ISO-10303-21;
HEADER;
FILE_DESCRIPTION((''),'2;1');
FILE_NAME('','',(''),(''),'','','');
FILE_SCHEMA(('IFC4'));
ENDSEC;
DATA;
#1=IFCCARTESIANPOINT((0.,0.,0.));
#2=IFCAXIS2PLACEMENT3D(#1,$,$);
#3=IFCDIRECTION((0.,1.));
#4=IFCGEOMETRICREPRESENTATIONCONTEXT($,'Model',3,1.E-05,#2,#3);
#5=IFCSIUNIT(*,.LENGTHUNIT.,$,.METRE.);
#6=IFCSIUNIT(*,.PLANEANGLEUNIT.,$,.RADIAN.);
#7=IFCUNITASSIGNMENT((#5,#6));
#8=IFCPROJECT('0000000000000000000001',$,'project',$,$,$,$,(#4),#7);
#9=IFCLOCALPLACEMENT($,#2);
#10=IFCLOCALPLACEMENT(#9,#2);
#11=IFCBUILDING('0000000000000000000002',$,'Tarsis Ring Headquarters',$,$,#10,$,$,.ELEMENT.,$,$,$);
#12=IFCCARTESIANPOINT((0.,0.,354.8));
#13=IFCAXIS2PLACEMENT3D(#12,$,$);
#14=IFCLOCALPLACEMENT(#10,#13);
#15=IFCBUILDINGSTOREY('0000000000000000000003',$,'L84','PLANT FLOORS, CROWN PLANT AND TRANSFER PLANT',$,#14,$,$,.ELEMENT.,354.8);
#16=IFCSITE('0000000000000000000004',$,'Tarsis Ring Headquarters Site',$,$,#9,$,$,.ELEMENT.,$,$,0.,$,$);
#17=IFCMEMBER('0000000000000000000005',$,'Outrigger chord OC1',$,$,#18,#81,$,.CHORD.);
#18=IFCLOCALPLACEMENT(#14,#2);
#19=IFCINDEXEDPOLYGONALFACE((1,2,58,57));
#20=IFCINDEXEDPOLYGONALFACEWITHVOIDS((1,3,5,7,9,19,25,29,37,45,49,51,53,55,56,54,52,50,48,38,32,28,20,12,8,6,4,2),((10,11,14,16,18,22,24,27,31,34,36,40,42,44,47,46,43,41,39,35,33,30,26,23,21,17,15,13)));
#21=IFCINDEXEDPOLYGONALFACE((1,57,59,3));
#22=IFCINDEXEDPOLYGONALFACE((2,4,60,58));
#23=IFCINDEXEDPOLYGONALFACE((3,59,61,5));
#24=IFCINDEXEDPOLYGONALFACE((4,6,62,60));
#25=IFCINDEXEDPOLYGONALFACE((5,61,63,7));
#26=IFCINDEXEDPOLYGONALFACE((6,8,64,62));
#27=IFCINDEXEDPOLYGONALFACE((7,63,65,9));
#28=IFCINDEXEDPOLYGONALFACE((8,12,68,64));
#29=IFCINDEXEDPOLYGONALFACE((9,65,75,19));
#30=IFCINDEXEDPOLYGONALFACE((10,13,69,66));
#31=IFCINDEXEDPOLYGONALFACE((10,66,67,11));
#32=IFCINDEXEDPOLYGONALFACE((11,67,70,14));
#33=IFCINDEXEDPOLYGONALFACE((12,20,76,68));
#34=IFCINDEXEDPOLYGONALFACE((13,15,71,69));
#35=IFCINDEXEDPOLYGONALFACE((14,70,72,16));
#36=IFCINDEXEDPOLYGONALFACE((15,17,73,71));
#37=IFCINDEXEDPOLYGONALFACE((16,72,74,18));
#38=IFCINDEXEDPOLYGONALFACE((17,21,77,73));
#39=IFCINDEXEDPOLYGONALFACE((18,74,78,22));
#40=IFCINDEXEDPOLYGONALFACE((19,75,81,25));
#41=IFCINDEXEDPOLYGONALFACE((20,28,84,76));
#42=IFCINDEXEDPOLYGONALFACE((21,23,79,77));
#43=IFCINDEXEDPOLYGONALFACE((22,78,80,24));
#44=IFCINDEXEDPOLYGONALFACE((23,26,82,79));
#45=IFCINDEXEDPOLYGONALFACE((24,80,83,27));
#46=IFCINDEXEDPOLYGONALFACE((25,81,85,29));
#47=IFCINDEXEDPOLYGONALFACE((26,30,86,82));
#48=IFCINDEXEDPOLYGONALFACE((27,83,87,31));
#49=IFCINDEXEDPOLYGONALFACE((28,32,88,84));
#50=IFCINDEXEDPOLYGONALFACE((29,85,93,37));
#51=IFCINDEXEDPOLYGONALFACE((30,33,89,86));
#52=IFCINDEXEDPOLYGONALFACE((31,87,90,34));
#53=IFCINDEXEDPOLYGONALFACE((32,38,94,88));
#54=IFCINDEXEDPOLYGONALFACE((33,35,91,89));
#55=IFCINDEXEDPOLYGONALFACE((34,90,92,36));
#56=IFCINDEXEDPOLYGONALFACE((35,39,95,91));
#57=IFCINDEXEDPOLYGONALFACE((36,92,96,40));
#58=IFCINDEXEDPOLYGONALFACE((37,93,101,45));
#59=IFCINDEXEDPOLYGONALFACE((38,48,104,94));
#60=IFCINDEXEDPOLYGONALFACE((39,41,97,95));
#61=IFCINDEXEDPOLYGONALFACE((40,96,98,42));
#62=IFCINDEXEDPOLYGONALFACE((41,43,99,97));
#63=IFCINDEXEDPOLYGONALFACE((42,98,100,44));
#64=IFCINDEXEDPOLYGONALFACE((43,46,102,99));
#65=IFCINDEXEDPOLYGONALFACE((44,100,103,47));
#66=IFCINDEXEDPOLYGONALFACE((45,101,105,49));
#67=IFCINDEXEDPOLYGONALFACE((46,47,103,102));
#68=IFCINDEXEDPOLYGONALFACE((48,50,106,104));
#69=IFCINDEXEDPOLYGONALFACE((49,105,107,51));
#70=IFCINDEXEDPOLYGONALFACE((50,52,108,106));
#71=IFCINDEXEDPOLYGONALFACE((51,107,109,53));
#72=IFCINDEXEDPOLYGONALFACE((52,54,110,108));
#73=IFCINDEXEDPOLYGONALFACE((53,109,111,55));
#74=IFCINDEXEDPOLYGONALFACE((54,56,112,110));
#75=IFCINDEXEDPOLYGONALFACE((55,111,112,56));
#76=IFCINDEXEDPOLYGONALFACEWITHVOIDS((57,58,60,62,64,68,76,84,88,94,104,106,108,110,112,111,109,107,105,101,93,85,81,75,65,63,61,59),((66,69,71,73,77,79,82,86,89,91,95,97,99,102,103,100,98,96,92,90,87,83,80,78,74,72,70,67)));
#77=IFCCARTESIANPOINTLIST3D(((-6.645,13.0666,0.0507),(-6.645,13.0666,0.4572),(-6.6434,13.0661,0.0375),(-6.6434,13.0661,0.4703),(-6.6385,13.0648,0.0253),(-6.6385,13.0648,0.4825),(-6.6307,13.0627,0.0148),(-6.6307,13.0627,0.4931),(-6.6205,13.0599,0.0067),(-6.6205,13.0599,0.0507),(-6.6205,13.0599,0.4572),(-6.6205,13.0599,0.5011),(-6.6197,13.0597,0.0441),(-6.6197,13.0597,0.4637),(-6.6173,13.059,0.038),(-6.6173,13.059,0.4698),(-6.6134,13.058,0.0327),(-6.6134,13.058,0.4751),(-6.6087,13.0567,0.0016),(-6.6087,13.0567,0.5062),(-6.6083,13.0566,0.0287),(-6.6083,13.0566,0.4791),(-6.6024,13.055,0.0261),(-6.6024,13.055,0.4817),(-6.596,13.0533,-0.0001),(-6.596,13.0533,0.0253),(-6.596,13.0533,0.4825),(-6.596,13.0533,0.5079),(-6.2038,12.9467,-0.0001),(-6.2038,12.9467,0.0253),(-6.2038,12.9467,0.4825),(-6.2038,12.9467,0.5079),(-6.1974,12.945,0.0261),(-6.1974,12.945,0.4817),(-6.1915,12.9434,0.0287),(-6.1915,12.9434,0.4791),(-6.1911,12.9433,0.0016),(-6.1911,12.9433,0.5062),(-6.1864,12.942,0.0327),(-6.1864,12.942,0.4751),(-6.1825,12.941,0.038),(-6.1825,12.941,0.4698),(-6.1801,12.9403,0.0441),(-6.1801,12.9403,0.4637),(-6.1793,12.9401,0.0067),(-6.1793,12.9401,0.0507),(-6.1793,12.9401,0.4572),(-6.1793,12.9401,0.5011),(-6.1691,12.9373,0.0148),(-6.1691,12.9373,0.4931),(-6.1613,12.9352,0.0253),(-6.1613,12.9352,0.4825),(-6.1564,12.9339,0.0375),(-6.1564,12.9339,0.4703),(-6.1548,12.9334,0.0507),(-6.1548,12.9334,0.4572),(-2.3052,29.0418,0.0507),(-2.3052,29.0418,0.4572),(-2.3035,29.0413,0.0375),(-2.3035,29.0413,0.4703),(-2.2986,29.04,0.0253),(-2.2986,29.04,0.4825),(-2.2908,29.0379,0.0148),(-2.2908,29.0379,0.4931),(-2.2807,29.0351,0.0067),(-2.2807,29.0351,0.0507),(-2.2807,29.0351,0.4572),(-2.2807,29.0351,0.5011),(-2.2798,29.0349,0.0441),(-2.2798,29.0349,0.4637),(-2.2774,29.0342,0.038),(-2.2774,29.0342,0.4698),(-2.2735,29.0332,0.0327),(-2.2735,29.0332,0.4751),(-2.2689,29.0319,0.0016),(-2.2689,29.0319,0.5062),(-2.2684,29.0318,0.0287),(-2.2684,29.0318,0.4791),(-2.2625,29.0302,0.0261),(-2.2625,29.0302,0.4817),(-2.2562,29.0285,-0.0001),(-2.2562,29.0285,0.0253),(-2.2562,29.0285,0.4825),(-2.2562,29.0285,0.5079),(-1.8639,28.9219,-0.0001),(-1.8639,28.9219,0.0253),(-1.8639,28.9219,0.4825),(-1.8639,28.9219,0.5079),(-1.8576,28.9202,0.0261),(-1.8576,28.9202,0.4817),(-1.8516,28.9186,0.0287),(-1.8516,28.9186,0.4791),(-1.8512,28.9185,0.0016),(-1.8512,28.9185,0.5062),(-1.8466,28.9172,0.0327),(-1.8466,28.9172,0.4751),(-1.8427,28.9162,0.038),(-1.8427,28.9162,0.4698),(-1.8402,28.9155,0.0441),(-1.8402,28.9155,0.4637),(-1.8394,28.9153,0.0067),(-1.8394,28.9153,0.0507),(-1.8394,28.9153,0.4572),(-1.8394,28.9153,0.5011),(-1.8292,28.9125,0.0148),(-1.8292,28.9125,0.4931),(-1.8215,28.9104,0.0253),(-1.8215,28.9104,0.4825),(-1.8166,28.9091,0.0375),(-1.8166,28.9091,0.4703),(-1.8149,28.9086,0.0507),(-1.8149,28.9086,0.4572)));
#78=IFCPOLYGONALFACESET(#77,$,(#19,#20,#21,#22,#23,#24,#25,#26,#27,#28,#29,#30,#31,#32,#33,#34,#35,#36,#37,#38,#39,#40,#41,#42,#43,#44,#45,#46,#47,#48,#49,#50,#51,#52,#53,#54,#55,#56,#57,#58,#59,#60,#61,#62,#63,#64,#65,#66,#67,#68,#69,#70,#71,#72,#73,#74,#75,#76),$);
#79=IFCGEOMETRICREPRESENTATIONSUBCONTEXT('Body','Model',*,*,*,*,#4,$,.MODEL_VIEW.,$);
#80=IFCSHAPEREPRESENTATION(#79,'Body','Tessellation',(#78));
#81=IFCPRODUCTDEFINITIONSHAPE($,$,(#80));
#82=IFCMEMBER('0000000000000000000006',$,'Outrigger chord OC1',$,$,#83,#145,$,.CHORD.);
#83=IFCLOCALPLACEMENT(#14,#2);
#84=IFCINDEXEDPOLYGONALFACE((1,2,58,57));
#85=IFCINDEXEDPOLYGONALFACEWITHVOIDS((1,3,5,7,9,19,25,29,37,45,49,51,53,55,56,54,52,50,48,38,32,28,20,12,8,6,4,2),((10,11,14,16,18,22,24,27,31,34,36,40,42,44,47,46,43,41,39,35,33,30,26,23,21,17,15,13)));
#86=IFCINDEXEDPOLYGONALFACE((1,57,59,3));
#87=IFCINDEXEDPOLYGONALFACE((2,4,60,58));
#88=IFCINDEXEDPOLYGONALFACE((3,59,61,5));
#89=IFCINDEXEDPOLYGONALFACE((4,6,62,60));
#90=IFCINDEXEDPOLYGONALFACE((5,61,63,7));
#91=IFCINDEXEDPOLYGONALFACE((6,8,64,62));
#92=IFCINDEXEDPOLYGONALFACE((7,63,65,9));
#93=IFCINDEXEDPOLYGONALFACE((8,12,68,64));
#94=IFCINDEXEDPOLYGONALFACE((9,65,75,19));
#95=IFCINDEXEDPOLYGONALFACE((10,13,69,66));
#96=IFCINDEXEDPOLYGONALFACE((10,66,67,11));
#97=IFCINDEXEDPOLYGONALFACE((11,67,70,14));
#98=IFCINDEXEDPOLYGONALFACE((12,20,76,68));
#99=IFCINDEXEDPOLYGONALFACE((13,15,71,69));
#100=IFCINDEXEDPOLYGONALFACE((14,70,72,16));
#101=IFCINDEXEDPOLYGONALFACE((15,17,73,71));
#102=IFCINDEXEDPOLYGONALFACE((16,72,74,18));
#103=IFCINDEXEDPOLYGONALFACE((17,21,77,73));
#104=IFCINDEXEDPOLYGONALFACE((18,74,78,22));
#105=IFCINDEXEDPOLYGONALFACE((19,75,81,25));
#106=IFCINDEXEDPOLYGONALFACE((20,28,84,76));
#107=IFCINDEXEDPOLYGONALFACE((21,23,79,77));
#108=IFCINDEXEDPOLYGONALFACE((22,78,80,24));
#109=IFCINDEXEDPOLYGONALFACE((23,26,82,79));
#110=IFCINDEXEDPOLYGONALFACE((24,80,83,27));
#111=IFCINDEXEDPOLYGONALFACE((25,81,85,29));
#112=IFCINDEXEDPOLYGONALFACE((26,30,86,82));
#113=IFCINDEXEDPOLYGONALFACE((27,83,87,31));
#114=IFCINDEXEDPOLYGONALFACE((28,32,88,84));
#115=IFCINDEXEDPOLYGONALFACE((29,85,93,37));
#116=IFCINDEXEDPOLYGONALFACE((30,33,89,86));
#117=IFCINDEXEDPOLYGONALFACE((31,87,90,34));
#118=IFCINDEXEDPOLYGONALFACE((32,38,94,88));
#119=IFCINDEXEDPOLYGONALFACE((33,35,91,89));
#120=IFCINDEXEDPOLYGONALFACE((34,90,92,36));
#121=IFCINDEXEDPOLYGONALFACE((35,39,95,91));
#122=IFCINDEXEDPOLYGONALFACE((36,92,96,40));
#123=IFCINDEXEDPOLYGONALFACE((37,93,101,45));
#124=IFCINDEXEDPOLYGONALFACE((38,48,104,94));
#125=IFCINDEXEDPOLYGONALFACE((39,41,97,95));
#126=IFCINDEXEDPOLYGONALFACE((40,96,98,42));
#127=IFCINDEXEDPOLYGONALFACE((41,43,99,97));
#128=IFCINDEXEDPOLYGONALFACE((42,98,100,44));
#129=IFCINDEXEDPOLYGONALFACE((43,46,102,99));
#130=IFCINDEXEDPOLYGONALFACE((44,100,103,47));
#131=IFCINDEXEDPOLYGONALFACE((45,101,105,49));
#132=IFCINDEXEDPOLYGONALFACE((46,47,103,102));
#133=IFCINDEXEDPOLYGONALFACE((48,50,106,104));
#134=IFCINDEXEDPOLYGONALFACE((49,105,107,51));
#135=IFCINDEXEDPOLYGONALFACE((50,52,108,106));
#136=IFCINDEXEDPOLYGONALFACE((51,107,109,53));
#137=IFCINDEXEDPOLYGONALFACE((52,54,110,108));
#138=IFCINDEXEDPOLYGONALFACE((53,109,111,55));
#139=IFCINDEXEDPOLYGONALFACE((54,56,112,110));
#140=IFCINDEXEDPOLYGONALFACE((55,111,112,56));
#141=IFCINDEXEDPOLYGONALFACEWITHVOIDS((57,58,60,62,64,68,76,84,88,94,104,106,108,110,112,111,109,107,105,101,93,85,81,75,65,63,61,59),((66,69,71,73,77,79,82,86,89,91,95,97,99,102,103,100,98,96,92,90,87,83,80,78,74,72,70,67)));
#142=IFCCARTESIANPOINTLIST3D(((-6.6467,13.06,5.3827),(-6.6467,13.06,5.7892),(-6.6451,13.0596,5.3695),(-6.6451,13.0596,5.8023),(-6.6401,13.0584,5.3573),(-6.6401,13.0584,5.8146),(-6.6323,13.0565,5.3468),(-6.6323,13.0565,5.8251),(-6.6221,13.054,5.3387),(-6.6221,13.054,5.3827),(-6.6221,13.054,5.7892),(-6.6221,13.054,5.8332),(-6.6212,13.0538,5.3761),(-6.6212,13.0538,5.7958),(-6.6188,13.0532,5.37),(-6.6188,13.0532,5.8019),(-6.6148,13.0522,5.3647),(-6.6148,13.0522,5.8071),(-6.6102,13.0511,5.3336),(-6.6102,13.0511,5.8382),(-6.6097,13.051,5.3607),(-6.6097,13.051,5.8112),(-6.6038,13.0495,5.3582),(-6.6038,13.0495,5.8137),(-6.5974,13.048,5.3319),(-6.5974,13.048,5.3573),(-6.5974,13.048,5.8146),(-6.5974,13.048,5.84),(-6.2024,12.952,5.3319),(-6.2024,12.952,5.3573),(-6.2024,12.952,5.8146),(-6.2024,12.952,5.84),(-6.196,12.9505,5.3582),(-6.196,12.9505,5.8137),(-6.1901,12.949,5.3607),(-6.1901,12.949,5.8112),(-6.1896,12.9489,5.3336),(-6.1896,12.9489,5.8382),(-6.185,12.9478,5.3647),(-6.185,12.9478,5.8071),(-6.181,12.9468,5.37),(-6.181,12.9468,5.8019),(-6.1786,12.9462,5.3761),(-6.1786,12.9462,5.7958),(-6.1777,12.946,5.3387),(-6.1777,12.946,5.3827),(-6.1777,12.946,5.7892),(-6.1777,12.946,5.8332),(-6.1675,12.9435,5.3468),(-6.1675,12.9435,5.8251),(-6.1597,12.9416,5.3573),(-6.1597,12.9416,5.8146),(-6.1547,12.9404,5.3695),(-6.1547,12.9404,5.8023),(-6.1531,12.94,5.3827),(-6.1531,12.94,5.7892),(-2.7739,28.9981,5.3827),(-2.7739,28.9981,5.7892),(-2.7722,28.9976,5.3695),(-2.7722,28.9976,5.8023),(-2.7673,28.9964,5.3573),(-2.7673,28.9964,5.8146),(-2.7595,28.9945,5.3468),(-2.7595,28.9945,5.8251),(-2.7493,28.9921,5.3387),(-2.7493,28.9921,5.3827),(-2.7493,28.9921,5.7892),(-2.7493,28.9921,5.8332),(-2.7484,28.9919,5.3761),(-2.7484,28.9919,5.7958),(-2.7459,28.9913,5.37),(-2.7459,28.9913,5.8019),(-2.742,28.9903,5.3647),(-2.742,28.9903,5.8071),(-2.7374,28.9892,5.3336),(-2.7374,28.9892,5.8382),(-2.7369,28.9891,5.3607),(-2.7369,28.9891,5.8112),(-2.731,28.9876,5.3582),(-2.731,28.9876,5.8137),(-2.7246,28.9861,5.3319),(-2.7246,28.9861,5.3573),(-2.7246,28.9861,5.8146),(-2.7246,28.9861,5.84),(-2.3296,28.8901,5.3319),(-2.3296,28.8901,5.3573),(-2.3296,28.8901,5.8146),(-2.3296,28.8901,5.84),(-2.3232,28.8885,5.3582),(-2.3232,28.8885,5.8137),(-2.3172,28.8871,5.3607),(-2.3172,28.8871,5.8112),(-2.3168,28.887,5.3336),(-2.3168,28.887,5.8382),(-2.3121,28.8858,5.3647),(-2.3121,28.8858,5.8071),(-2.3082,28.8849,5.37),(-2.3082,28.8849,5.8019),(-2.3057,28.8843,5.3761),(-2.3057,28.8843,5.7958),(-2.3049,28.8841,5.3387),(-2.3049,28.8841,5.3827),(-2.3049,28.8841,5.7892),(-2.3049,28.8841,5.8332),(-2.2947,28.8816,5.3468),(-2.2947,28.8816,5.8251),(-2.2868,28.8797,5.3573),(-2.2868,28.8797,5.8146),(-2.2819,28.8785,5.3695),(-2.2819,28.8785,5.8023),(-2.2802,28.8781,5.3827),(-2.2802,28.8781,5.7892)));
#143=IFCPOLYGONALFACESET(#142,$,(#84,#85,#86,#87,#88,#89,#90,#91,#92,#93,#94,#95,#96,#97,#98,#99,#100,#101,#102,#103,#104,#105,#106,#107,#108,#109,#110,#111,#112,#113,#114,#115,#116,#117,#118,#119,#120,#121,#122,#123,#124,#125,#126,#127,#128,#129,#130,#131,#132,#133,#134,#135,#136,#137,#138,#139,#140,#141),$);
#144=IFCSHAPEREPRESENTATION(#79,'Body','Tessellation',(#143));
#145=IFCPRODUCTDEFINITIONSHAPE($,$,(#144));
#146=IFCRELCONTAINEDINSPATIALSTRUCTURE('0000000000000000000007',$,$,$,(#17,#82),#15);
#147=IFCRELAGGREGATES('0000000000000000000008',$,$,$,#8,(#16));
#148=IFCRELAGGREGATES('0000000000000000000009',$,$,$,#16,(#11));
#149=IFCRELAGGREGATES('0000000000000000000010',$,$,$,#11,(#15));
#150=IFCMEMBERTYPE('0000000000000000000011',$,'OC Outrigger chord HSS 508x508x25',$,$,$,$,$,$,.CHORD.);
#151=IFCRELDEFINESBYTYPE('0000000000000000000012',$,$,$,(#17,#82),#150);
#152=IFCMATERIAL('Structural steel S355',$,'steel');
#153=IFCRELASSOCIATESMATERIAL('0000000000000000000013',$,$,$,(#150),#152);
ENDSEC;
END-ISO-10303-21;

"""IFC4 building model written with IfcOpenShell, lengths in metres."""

from ifc_helpers import new_model, si_unit, direction, frame, origin, origin_2d, place, context, subcontext, project, spatial, hollow_rectangle, extrude, material, material_profile, profile_set, type_object, element, save


model = new_model("IFC4")

# Units and contexts
model_context = context("Model", 3, precision=1e-05, world=origin(), true_north=direction((0.0, 1.0)))
body_context = subcontext(model_context, "Body", "Model", "MODEL_VIEW")
ifc_project = project(units=[si_unit("LENGTHUNIT", "METRE"), si_unit("PLANEANGLEUNIT", "RADIAN")], contexts=[model_context])

# Site, building, storey
site_placement = place(None, origin())
site = spatial("IfcSite", under=ifc_project, at=site_placement, Name="Tarsis Ring Headquarters Site", CompositionType="ELEMENT", RefElevation=0.0)
building_placement = place(site_placement, origin())
building = spatial("IfcBuilding", under=site, at=building_placement, Name="Tarsis Ring Headquarters", CompositionType="ELEMENT")
storey_placement = place(building_placement, frame((0.0, 0.0, 354.8)))
storey = spatial("IfcBuildingStorey", under=building, at=storey_placement, Name="L84", Description="PLANT FLOORS, CROWN PLANT AND TRANSFER PLANT", CompositionType="ELEMENT", Elevation=354.8)

# Members
ifc_material_1 = material(Name="Structural steel S355", Category="steel")
ifc_material_profile_1 = material_profile(ifc_material_1, hollow_rectangle(XDim=0.5081, YDim=0.5081, WallThickness=0.0254, InnerFilletRadius=0.0254, OuterFilletRadius=0.0508, at=origin_2d()), Name="HSS 508x508x25")
ifc_profile_set_1 = profile_set([ifc_material_profile_1], Name="Structural steel S355")
member_type_1 = type_object("IfcMemberType", Name="OC Outrigger chord HSS 508x508x25", PredefinedType="CHORD", material=ifc_profile_set_1)
member_1_placement = place(storey_placement, frame((-6.3999, 13.0, 0.2539), z_axis=(0.262161, 0.965024, 0.0), x_axis=(-0.965024, 0.262161, 0.0)))
element("IfcMember", 1, at=member_1_placement, inside=storey, type_object=member_type_1, Name="Outrigger chord OC1", PredefinedType="CHORD", context=body_context, shape_type="SweptSolid", body=[
    extrude(hollow_rectangle(XDim=0.5081, YDim=0.5081, WallThickness=0.0254, InnerFilletRadius=0.0254, OuterFilletRadius=0.0508, at=origin_2d()), origin(), (0.0, 0.0, 1.0), 16.5542),
])
member_2_placement = place(storey_placement, frame((-6.3999, 13.0, 5.5859), z_axis=(0.236121, 0.971724, 0.0), x_axis=(-0.971724, 0.236121, 0.0)))
element("IfcMember", 2, at=member_2_placement, inside=storey, type_object=member_type_1, Name="Outrigger chord OC1", PredefinedType="CHORD", context=body_context, shape_type="SweptSolid", body=[
    extrude(hollow_rectangle(XDim=0.5081, YDim=0.5081, WallThickness=0.0254, InnerFilletRadius=0.0254, OuterFilletRadius=0.0508, at=origin_2d()), origin(), (0.0, 0.0, 1.0), 16.4019),
])

save(model, "model.ifc")
